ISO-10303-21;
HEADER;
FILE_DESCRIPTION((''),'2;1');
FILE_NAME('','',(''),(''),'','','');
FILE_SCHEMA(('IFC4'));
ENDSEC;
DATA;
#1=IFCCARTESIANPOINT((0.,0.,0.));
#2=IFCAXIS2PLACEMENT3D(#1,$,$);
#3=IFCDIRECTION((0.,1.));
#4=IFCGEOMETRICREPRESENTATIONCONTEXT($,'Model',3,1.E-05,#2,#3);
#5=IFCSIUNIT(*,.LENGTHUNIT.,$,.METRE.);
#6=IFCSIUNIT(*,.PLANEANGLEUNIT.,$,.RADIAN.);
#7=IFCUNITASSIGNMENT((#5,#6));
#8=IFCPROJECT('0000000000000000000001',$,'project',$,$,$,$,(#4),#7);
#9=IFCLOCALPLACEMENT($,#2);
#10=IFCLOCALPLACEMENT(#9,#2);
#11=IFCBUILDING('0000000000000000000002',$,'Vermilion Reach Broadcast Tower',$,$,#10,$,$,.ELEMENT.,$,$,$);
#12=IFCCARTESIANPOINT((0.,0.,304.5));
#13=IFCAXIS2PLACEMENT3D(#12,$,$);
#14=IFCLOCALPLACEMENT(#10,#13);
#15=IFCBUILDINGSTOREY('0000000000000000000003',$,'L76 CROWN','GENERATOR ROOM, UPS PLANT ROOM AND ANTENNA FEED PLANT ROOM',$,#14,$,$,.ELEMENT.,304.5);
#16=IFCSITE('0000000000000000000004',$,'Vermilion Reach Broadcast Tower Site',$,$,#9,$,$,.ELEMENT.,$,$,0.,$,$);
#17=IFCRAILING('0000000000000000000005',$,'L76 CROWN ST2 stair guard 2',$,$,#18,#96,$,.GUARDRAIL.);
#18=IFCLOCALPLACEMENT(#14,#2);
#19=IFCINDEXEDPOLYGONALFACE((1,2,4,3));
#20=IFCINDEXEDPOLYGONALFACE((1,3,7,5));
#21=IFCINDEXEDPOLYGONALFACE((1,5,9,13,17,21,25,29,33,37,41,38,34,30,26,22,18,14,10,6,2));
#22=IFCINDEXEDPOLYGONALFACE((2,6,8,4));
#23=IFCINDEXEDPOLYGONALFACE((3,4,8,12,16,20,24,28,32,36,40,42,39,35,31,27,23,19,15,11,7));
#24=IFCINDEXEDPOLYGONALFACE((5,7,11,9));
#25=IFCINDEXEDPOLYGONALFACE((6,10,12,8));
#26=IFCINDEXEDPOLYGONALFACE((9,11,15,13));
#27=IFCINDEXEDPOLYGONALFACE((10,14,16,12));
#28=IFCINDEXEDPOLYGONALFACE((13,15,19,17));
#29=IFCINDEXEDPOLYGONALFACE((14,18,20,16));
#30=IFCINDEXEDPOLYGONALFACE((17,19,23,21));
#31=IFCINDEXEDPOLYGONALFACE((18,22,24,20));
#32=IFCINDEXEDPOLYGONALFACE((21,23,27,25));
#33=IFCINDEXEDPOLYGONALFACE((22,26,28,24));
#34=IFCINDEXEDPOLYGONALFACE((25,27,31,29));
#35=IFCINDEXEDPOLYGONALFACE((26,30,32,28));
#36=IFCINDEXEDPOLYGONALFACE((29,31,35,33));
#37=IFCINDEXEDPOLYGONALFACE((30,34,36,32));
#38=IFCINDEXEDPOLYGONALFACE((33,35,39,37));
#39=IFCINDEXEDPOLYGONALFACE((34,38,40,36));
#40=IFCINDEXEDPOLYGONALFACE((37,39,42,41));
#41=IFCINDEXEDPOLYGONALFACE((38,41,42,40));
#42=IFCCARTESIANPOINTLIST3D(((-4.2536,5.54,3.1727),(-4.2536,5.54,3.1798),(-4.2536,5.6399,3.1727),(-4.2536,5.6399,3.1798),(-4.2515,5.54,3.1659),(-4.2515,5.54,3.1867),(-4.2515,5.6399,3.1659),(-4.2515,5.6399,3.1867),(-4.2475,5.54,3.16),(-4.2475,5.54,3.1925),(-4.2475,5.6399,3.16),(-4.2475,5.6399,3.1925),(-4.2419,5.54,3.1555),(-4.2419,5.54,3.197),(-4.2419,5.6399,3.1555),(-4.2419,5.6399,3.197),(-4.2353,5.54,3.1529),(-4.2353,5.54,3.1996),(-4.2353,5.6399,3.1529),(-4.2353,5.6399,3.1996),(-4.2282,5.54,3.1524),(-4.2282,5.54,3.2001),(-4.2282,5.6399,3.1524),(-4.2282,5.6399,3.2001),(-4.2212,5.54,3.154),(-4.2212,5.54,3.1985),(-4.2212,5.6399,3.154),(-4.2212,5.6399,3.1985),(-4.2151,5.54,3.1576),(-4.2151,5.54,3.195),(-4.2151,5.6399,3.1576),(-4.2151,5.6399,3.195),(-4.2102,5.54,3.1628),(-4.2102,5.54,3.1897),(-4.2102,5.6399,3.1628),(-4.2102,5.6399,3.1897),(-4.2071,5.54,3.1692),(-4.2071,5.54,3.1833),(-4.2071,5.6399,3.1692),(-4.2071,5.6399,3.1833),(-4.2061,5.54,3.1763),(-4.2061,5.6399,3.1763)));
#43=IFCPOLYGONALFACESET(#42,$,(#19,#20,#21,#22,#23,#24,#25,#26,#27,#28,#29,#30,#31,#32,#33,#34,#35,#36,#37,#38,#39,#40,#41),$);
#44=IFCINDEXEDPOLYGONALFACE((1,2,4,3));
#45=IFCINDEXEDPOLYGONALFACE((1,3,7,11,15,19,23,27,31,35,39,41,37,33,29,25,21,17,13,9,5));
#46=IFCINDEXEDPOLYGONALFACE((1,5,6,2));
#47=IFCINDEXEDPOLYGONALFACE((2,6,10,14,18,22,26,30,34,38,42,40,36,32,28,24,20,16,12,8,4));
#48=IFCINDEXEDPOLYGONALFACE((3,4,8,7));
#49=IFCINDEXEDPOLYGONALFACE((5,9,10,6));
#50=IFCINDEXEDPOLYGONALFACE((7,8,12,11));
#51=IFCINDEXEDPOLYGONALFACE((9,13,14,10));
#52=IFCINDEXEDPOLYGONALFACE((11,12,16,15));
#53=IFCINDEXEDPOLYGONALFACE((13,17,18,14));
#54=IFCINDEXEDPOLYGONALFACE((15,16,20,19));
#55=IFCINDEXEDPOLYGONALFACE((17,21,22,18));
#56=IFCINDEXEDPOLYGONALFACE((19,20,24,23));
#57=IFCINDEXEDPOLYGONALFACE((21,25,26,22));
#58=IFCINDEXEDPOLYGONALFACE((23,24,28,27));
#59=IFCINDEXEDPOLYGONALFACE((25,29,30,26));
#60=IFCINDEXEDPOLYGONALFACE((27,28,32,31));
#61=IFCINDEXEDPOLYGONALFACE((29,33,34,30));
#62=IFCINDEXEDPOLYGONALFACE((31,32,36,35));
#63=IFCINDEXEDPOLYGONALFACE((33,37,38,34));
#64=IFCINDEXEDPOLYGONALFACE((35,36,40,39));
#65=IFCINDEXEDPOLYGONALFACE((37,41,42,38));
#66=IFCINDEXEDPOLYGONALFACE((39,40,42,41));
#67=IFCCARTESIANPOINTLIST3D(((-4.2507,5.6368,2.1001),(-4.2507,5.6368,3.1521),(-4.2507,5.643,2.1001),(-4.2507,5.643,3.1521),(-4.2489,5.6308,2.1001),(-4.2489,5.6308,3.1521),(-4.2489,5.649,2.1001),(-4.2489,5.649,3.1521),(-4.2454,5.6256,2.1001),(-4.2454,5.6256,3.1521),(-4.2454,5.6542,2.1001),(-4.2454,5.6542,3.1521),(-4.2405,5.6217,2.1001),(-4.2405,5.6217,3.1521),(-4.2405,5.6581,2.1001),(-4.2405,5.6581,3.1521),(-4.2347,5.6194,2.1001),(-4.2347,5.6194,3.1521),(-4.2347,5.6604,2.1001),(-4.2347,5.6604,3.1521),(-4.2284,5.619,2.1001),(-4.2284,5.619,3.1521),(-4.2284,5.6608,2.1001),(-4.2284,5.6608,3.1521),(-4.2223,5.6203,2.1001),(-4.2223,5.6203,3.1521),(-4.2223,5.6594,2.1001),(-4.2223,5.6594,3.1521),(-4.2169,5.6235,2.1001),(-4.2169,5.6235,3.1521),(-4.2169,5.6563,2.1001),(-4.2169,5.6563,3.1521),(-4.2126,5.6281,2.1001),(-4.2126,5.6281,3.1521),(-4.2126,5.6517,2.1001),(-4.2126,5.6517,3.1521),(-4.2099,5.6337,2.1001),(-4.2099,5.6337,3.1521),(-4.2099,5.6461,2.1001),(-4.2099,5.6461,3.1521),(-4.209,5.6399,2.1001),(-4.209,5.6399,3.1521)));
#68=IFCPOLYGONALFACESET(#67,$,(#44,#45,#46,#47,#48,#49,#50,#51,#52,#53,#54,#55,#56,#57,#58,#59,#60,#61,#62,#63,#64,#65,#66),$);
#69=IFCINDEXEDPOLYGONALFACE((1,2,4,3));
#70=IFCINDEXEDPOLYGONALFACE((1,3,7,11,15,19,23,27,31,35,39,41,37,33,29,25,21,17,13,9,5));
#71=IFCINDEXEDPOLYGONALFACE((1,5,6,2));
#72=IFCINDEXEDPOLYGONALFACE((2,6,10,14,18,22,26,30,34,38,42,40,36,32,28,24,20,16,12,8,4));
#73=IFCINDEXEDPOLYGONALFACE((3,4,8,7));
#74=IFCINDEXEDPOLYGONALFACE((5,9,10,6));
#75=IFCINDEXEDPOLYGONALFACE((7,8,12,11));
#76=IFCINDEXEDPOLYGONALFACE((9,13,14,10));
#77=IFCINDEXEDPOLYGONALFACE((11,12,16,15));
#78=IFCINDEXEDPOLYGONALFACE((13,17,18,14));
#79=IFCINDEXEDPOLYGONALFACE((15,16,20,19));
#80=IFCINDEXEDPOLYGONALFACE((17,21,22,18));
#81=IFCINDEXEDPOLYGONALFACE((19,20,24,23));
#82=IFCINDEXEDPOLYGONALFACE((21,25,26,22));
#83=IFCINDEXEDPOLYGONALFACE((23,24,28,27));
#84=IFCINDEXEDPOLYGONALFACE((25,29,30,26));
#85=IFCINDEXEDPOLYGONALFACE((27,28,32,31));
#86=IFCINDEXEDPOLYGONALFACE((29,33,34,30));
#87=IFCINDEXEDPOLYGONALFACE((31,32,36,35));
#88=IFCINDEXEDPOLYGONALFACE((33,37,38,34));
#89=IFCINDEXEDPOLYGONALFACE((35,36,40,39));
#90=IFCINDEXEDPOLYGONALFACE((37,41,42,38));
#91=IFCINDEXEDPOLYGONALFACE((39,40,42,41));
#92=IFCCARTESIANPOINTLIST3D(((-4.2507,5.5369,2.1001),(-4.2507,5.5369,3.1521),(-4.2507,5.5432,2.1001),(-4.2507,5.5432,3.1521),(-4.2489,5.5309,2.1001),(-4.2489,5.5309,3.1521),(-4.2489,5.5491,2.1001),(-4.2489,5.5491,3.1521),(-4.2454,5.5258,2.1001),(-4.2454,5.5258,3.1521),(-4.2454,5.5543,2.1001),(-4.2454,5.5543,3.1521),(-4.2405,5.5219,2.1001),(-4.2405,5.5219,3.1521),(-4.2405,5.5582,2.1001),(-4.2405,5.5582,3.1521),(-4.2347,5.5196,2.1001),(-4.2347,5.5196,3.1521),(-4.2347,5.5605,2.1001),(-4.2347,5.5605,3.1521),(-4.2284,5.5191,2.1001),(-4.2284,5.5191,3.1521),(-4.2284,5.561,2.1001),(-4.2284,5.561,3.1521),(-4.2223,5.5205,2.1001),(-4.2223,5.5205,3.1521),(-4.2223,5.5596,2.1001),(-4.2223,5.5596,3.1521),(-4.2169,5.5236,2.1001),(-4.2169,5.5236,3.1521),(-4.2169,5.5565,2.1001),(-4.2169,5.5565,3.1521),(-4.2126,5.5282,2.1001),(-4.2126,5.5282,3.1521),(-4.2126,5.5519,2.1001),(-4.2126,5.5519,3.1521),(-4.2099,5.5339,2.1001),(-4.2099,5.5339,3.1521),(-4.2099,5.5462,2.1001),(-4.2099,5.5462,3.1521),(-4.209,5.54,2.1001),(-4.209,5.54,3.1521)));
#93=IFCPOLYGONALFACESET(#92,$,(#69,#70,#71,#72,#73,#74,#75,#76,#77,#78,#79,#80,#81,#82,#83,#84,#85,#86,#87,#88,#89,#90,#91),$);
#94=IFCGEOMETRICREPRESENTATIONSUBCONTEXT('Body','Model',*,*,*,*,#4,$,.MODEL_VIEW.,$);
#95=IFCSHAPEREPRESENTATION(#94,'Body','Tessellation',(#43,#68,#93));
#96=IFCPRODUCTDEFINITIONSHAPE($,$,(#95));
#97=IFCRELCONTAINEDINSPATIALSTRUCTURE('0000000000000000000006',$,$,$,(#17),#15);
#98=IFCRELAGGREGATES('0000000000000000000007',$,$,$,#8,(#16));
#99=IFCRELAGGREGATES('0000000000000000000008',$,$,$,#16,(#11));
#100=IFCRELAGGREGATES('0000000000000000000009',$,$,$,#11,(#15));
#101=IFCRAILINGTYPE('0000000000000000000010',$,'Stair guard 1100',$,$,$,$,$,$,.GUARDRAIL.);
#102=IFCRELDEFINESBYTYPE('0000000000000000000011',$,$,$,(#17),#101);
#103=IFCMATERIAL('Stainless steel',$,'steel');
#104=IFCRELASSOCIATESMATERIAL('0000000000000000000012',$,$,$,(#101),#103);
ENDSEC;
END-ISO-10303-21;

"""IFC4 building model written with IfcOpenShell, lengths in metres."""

from ifc_helpers import new_model, si_unit, direction, frame, origin, origin_2d, place, context, subcontext, project, spatial, circle, extrude, material, type_object, element, save


model = new_model("IFC4")

# Units and contexts
model_context = context("Model", 3, precision=1e-05, world=origin(), true_north=direction((0.0, 1.0)))
body_context = subcontext(model_context, "Body", "Model", "MODEL_VIEW")
ifc_project = project(units=[si_unit("LENGTHUNIT", "METRE"), si_unit("PLANEANGLEUNIT", "RADIAN")], contexts=[model_context])

# Site, building, storey
site_placement = place(None, origin())
site = spatial("IfcSite", under=ifc_project, at=site_placement, Name="Vermilion Reach Broadcast Tower Site", CompositionType="ELEMENT", RefElevation=0.0)
building_placement = place(site_placement, origin())
building = spatial("IfcBuilding", under=site, at=building_placement, Name="Vermilion Reach Broadcast Tower", CompositionType="ELEMENT")
storey_placement = place(building_placement, frame((0.0, 0.0, 304.5)))
storey = spatial("IfcBuildingStorey", under=building, at=storey_placement, Name="L76 CROWN", Description="GENERATOR ROOM, UPS PLANT ROOM AND ANTENNA FEED PLANT ROOM", CompositionType="ELEMENT", Elevation=304.5)

# Railing
ifc_material_1 = material(Name="Stainless steel", Category="steel")
railing_type_1 = type_object("IfcRailingType", Name="Stair guard 1100", PredefinedType="GUARDRAIL", material=ifc_material_1)
railing_1_placement = place(storey_placement, frame((-4.23, 5.6399, 2.1001)))
element("IfcRailing", 1, at=railing_1_placement, inside=storey, type_object=railing_type_1, Name="L76 CROWN ST2 stair guard 2", PredefinedType="GUARDRAIL", context=body_context, shape_type="SweptSolid", body=[
    extrude(circle(Radius=0.0239, at=origin_2d()), frame((0.0, 0.0, 1.0762), z_axis=(0.0, -1.0, 0.0), x_axis=(1.0, 0.0, 0.0)), (0.0, 0.0, 1.0), 0.0999),
    extrude(circle(Radius=0.021, at=origin_2d()), origin(), (0.0, 0.0, 1.0), 1.052),
    extrude(circle(Radius=0.021, at=origin_2d()), frame((0.0, -0.0999, 0.0)), (0.0, 0.0, 1.0), 1.052),
])

save(model, "model.ifc")
